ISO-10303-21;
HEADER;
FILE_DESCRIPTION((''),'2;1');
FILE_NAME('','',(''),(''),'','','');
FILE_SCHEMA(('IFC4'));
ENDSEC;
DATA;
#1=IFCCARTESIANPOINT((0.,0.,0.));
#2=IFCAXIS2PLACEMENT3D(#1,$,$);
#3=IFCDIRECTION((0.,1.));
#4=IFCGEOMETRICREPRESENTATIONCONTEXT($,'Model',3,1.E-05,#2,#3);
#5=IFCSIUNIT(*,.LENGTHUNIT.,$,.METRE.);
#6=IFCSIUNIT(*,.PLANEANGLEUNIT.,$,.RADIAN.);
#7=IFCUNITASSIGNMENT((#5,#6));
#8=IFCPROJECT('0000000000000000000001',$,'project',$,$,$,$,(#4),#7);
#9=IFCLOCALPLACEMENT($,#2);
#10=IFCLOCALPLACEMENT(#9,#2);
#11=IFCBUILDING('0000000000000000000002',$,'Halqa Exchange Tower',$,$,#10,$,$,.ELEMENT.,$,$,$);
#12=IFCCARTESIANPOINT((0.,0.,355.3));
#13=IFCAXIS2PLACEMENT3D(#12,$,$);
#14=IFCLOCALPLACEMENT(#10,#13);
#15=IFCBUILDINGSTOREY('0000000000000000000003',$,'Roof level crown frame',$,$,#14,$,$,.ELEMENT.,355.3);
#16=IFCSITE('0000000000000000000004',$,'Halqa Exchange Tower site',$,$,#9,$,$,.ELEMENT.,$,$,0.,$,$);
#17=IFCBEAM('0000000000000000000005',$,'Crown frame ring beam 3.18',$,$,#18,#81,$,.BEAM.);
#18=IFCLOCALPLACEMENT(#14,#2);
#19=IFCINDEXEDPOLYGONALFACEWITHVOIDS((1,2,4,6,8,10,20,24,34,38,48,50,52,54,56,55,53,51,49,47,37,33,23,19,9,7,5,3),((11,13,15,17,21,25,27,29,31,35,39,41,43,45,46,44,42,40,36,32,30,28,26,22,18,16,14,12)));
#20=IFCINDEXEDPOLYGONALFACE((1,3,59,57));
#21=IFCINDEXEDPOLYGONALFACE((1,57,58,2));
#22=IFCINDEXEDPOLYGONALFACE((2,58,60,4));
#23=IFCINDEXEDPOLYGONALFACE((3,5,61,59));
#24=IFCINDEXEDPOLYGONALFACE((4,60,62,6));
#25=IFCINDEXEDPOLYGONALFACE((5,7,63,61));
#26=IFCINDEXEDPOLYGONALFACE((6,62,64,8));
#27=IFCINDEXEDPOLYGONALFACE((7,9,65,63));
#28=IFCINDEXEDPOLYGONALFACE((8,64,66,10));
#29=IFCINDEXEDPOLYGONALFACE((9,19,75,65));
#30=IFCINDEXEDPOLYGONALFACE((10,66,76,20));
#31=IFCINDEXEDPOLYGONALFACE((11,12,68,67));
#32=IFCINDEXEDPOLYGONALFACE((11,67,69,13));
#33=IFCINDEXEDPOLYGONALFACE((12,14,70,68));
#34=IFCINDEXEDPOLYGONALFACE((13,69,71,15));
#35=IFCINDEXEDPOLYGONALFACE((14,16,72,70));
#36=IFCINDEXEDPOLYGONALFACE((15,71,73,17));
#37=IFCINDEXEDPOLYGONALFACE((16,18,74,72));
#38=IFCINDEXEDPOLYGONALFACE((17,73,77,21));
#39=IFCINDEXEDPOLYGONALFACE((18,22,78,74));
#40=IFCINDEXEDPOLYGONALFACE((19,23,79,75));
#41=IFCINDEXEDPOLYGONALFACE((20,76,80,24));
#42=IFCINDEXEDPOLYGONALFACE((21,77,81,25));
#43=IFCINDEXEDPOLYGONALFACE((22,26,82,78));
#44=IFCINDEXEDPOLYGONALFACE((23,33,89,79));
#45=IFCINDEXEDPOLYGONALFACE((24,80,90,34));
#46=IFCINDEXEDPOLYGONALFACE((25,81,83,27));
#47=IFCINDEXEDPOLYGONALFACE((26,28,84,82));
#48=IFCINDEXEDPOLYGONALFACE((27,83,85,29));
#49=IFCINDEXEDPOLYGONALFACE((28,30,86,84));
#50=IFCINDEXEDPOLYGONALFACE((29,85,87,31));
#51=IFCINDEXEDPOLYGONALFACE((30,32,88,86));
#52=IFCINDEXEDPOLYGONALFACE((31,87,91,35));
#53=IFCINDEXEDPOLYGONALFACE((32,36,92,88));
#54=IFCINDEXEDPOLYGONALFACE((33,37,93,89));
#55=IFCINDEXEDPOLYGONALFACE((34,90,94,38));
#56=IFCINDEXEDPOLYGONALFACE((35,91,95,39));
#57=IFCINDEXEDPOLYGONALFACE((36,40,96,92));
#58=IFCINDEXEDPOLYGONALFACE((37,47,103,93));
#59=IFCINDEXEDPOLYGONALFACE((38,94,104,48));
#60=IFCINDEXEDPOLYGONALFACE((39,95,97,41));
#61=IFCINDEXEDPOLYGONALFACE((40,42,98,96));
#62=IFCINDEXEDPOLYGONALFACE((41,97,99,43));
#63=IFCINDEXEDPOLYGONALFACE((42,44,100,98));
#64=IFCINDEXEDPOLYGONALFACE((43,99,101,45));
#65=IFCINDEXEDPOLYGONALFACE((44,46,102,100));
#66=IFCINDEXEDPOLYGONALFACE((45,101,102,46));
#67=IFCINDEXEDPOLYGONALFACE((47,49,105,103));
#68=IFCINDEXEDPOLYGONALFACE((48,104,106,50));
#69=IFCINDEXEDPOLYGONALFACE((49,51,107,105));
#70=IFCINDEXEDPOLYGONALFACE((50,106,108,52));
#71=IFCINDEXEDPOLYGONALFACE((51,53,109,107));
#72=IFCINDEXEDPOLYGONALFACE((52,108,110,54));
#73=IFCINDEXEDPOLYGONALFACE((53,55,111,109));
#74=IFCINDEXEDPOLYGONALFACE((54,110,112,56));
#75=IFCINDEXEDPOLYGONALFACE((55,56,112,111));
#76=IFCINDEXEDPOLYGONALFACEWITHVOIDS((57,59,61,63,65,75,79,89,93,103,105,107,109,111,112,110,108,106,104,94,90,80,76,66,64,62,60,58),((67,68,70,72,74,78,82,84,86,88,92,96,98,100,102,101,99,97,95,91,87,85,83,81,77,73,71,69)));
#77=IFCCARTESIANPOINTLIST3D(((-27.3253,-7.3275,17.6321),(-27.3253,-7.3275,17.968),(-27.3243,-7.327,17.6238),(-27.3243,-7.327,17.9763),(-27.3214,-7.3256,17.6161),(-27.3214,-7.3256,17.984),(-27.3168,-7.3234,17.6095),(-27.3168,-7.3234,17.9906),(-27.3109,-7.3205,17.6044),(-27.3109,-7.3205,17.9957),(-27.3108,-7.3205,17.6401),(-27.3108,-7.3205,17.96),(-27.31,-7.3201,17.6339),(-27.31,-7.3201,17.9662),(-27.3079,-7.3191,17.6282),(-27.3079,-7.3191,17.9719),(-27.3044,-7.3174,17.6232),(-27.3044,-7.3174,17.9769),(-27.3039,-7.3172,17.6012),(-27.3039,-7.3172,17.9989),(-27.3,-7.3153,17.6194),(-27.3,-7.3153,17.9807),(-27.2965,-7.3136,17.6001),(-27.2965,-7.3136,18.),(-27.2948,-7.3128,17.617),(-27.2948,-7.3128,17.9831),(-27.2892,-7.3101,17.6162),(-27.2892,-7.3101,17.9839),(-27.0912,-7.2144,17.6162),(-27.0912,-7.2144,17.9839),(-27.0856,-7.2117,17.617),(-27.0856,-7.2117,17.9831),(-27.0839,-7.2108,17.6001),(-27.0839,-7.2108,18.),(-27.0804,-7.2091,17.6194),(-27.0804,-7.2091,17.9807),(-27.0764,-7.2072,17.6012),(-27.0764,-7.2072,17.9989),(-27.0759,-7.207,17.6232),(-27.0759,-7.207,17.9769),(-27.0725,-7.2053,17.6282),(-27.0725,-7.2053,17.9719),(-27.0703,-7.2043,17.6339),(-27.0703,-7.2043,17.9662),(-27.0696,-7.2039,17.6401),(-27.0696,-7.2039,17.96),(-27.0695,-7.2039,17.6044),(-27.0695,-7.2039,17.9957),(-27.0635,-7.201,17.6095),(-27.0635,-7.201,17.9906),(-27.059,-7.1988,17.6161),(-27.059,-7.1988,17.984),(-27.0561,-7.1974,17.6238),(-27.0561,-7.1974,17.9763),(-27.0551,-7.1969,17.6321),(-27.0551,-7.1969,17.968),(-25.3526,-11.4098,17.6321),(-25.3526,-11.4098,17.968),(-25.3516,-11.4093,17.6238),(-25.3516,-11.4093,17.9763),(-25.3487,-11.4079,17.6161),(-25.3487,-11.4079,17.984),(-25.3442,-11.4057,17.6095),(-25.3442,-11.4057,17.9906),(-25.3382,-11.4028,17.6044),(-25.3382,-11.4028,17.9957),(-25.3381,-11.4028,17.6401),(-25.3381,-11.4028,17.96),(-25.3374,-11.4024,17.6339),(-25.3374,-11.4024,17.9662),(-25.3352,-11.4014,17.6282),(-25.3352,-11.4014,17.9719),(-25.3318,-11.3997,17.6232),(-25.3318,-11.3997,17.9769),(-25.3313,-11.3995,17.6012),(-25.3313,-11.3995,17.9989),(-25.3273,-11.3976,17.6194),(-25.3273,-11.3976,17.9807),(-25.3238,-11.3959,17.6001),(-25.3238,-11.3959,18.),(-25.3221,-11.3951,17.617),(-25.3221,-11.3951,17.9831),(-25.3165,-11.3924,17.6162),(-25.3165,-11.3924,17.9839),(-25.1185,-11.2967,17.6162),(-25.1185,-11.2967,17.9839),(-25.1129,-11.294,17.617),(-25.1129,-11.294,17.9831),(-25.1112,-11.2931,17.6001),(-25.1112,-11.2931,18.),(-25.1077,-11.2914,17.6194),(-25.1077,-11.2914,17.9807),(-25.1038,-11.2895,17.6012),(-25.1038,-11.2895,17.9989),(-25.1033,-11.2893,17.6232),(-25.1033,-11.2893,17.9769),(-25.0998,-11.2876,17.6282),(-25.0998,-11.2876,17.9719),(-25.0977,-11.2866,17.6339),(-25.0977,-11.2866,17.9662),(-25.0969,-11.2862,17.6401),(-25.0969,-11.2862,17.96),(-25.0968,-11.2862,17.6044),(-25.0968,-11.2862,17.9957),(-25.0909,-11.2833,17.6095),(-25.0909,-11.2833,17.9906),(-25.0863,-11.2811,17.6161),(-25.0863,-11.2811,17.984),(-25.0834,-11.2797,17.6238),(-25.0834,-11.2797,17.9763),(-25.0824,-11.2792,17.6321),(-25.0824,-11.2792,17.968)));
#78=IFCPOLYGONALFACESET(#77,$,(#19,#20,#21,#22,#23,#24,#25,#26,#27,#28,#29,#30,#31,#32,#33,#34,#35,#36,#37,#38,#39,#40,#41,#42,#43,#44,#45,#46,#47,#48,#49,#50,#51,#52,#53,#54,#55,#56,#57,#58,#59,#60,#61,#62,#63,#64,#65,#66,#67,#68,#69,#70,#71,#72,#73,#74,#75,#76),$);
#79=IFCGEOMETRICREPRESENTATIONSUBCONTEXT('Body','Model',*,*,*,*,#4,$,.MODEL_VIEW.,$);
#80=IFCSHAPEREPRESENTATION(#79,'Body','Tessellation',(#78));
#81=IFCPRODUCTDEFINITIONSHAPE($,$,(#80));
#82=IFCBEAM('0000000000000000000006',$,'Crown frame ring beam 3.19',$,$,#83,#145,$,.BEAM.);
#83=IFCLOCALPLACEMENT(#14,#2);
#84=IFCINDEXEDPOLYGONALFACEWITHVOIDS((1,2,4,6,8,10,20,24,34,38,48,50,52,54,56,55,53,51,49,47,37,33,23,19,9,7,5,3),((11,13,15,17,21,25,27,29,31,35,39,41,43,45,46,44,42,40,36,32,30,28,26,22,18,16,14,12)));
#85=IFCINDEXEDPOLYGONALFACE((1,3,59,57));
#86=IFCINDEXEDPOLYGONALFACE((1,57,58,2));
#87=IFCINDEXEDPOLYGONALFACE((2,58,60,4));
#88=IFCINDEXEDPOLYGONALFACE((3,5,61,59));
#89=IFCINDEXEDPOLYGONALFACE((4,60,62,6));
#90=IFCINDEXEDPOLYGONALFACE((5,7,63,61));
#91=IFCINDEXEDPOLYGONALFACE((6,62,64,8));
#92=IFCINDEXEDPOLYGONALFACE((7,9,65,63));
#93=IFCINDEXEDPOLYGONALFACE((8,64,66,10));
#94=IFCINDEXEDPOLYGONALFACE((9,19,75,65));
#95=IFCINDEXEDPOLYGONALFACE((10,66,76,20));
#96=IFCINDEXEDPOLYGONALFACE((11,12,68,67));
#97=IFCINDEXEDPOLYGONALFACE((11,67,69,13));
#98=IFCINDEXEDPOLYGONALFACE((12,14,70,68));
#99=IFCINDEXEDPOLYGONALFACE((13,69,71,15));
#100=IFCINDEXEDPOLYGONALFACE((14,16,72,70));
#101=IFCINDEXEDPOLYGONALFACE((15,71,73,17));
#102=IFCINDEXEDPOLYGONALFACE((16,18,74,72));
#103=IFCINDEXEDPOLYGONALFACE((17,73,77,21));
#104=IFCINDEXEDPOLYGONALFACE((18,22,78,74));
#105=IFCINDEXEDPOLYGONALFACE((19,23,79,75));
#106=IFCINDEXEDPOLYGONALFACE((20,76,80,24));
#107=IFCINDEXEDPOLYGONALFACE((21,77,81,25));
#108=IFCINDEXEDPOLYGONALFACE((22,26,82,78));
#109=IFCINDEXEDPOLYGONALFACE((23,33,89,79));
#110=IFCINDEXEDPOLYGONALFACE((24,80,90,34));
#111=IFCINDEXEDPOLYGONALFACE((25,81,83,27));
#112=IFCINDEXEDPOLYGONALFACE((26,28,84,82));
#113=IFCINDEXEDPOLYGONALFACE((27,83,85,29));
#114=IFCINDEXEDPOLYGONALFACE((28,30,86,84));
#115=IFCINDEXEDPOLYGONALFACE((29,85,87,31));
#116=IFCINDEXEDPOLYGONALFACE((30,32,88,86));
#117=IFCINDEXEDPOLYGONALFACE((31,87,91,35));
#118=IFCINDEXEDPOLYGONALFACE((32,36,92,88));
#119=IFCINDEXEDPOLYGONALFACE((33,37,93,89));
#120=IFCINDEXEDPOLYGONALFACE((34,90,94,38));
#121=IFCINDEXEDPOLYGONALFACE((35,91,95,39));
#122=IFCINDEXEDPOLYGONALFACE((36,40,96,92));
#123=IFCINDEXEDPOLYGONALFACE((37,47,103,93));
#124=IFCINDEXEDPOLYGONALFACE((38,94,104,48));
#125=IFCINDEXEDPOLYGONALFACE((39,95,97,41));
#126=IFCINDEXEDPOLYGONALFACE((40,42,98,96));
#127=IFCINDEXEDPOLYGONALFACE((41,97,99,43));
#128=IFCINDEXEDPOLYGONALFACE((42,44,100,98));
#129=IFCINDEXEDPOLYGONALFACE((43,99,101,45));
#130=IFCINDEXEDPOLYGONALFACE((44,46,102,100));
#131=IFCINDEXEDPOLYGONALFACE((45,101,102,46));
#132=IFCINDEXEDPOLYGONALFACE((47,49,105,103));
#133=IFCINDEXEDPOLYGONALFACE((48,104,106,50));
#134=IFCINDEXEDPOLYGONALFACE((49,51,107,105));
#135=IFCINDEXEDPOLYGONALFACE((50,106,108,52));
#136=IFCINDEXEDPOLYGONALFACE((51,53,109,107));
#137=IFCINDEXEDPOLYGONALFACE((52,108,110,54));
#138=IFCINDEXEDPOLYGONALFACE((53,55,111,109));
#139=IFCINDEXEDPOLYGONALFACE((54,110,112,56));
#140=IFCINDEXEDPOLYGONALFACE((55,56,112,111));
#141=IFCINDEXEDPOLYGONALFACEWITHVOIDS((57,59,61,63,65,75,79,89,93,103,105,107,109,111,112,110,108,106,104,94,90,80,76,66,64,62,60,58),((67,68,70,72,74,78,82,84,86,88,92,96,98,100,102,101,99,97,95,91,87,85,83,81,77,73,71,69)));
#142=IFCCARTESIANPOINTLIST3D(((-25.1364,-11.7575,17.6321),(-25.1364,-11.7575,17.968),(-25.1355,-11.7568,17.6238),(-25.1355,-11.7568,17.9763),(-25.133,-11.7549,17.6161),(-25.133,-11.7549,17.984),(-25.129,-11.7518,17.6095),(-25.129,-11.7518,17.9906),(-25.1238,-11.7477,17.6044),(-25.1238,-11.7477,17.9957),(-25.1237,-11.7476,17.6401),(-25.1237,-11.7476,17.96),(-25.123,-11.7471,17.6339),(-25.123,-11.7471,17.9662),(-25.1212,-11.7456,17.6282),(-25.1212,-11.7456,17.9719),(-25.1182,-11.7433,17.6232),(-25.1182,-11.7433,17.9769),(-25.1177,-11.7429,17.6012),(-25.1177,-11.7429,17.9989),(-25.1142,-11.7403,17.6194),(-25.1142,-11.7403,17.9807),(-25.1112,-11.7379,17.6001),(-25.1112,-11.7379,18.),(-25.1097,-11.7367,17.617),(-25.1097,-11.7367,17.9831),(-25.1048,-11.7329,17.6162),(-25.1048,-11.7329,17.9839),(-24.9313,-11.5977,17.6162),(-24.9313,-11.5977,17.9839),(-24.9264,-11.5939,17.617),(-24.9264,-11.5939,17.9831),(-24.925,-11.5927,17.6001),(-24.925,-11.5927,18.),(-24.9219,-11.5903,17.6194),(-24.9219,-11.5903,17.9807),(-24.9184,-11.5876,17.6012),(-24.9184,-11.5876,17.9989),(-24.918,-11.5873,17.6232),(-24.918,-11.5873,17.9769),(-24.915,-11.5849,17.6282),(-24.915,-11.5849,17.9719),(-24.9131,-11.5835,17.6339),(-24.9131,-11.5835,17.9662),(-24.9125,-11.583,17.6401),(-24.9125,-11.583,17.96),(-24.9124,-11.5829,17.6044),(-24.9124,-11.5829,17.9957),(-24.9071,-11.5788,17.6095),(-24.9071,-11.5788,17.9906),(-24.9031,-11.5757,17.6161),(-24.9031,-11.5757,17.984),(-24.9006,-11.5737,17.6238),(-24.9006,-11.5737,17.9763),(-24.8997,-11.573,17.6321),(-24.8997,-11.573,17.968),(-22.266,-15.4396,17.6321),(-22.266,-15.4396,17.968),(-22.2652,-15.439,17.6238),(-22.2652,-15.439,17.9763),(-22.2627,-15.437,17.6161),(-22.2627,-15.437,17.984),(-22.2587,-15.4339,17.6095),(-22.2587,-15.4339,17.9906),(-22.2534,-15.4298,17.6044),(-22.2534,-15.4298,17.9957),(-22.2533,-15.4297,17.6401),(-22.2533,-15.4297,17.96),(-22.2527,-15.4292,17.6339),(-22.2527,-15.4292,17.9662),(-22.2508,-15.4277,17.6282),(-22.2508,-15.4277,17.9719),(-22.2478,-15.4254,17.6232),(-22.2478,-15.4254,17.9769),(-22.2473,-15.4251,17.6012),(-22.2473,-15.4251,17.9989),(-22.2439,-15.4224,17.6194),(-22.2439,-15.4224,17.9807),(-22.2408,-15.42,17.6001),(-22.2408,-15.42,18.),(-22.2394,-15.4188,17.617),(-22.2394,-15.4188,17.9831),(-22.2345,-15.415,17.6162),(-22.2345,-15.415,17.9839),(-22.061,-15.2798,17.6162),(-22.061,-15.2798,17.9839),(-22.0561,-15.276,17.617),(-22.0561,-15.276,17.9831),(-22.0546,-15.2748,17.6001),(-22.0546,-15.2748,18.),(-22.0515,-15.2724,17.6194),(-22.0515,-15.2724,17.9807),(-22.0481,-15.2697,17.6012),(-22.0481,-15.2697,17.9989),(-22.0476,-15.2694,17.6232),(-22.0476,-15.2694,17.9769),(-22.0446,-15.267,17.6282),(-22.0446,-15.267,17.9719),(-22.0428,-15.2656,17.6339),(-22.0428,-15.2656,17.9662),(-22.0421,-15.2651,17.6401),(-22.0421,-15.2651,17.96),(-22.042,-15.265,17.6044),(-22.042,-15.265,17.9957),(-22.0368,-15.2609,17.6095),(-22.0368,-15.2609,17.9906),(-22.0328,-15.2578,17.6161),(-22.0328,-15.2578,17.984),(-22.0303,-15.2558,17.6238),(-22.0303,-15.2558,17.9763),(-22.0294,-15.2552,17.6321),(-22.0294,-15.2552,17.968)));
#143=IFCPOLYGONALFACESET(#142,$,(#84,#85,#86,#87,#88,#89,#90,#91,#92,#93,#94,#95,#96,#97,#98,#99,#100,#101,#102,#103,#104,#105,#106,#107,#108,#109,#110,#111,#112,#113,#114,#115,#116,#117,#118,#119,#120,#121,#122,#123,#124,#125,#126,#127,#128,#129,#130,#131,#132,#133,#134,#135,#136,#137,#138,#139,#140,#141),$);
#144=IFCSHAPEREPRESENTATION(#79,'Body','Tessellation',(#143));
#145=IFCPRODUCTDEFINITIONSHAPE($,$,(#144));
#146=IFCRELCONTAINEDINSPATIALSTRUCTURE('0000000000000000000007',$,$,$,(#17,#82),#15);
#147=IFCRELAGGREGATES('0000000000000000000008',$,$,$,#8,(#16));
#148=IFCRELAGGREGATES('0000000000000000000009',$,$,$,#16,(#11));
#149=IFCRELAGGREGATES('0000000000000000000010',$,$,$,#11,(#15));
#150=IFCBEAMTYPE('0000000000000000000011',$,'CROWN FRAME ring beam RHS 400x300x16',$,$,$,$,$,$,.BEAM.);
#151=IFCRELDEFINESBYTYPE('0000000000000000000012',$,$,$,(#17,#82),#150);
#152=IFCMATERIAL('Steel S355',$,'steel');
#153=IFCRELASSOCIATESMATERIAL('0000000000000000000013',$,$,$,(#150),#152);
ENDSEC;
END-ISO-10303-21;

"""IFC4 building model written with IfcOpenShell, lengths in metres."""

from ifc_helpers import new_model, si_unit, direction, frame, origin, origin_2d, place, context, subcontext, project, spatial, hollow_rectangle, extrude, material, material_profile, profile_set, type_object, element, save


model = new_model("IFC4")

# Units and contexts
model_context = context("Model", 3, precision=1e-05, world=origin(), true_north=direction((0.0, 1.0)))
body_context = subcontext(model_context, "Body", "Model", "MODEL_VIEW")
ifc_project = project(units=[si_unit("LENGTHUNIT", "METRE"), si_unit("PLANEANGLEUNIT", "RADIAN")], contexts=[model_context])

# Site, building, storey
site_placement = place(None, origin())
site = spatial("IfcSite", under=ifc_project, at=site_placement, Name="Halqa Exchange Tower site", CompositionType="ELEMENT", RefElevation=0.0)
building_placement = place(site_placement, origin())
building = spatial("IfcBuilding", under=site, at=building_placement, Name="Halqa Exchange Tower", CompositionType="ELEMENT")
storey_placement = place(building_placement, frame((0.0, 0.0, 355.3)))
storey = spatial("IfcBuildingStorey", under=building, at=storey_placement, Name="Roof level crown frame", CompositionType="ELEMENT", Elevation=355.3)

# Shared definitions
ifc_material_1 = material(Name="Steel S355", Category="steel")

# Beams
ifc_material_profile_1 = material_profile(ifc_material_1, hollow_rectangle(XDim=0.3, YDim=0.3999, WallThickness=0.0161, InnerFilletRadius=0.0239, OuterFilletRadius=0.032, at=origin_2d()), Name="RHS 400x300x16")
ifc_profile_set_1 = profile_set([ifc_material_profile_1], Name="Steel S355")
beam_type_1 = type_object("IfcBeamType", Name="CROWN FRAME ring beam RHS 400x300x16", PredefinedType="BEAM", material=ifc_profile_set_1)
beam_1_placement = place(storey_placement, frame((-27.1902, -7.2622, 17.8), z_axis=(0.435089, -0.900387, 0.0), x_axis=(0.900387, 0.435089, 0.0)))
element("IfcBeam", 1, at=beam_1_placement, inside=storey, type_object=beam_type_1, Name="Crown frame ring beam 3.18", PredefinedType="BEAM", context=body_context, shape_type="SweptSolid", body=[
    extrude(hollow_rectangle(XDim=0.3, YDim=0.3999, WallThickness=0.0161, InnerFilletRadius=0.0239, OuterFilletRadius=0.032, at=origin_2d()), origin(), (0.0, 0.0, 1.0), 4.5339),
])
beam_2_placement = place(storey_placement, frame((-25.0181, -11.6653, 17.8), z_axis=(0.614805, -0.788679, 0.0), x_axis=(0.788679, 0.614805, 0.0)))
element("IfcBeam", 2, at=beam_2_placement, inside=storey, type_object=beam_type_1, Name="Crown frame ring beam 3.19", PredefinedType="BEAM", context=body_context, shape_type="SweptSolid", body=[
    extrude(hollow_rectangle(XDim=0.3, YDim=0.3999, WallThickness=0.0161, InnerFilletRadius=0.0239, OuterFilletRadius=0.032, at=origin_2d()), origin(), (0.0, 0.0, 1.0), 4.6687),
])

save(model, "model.ifc")
